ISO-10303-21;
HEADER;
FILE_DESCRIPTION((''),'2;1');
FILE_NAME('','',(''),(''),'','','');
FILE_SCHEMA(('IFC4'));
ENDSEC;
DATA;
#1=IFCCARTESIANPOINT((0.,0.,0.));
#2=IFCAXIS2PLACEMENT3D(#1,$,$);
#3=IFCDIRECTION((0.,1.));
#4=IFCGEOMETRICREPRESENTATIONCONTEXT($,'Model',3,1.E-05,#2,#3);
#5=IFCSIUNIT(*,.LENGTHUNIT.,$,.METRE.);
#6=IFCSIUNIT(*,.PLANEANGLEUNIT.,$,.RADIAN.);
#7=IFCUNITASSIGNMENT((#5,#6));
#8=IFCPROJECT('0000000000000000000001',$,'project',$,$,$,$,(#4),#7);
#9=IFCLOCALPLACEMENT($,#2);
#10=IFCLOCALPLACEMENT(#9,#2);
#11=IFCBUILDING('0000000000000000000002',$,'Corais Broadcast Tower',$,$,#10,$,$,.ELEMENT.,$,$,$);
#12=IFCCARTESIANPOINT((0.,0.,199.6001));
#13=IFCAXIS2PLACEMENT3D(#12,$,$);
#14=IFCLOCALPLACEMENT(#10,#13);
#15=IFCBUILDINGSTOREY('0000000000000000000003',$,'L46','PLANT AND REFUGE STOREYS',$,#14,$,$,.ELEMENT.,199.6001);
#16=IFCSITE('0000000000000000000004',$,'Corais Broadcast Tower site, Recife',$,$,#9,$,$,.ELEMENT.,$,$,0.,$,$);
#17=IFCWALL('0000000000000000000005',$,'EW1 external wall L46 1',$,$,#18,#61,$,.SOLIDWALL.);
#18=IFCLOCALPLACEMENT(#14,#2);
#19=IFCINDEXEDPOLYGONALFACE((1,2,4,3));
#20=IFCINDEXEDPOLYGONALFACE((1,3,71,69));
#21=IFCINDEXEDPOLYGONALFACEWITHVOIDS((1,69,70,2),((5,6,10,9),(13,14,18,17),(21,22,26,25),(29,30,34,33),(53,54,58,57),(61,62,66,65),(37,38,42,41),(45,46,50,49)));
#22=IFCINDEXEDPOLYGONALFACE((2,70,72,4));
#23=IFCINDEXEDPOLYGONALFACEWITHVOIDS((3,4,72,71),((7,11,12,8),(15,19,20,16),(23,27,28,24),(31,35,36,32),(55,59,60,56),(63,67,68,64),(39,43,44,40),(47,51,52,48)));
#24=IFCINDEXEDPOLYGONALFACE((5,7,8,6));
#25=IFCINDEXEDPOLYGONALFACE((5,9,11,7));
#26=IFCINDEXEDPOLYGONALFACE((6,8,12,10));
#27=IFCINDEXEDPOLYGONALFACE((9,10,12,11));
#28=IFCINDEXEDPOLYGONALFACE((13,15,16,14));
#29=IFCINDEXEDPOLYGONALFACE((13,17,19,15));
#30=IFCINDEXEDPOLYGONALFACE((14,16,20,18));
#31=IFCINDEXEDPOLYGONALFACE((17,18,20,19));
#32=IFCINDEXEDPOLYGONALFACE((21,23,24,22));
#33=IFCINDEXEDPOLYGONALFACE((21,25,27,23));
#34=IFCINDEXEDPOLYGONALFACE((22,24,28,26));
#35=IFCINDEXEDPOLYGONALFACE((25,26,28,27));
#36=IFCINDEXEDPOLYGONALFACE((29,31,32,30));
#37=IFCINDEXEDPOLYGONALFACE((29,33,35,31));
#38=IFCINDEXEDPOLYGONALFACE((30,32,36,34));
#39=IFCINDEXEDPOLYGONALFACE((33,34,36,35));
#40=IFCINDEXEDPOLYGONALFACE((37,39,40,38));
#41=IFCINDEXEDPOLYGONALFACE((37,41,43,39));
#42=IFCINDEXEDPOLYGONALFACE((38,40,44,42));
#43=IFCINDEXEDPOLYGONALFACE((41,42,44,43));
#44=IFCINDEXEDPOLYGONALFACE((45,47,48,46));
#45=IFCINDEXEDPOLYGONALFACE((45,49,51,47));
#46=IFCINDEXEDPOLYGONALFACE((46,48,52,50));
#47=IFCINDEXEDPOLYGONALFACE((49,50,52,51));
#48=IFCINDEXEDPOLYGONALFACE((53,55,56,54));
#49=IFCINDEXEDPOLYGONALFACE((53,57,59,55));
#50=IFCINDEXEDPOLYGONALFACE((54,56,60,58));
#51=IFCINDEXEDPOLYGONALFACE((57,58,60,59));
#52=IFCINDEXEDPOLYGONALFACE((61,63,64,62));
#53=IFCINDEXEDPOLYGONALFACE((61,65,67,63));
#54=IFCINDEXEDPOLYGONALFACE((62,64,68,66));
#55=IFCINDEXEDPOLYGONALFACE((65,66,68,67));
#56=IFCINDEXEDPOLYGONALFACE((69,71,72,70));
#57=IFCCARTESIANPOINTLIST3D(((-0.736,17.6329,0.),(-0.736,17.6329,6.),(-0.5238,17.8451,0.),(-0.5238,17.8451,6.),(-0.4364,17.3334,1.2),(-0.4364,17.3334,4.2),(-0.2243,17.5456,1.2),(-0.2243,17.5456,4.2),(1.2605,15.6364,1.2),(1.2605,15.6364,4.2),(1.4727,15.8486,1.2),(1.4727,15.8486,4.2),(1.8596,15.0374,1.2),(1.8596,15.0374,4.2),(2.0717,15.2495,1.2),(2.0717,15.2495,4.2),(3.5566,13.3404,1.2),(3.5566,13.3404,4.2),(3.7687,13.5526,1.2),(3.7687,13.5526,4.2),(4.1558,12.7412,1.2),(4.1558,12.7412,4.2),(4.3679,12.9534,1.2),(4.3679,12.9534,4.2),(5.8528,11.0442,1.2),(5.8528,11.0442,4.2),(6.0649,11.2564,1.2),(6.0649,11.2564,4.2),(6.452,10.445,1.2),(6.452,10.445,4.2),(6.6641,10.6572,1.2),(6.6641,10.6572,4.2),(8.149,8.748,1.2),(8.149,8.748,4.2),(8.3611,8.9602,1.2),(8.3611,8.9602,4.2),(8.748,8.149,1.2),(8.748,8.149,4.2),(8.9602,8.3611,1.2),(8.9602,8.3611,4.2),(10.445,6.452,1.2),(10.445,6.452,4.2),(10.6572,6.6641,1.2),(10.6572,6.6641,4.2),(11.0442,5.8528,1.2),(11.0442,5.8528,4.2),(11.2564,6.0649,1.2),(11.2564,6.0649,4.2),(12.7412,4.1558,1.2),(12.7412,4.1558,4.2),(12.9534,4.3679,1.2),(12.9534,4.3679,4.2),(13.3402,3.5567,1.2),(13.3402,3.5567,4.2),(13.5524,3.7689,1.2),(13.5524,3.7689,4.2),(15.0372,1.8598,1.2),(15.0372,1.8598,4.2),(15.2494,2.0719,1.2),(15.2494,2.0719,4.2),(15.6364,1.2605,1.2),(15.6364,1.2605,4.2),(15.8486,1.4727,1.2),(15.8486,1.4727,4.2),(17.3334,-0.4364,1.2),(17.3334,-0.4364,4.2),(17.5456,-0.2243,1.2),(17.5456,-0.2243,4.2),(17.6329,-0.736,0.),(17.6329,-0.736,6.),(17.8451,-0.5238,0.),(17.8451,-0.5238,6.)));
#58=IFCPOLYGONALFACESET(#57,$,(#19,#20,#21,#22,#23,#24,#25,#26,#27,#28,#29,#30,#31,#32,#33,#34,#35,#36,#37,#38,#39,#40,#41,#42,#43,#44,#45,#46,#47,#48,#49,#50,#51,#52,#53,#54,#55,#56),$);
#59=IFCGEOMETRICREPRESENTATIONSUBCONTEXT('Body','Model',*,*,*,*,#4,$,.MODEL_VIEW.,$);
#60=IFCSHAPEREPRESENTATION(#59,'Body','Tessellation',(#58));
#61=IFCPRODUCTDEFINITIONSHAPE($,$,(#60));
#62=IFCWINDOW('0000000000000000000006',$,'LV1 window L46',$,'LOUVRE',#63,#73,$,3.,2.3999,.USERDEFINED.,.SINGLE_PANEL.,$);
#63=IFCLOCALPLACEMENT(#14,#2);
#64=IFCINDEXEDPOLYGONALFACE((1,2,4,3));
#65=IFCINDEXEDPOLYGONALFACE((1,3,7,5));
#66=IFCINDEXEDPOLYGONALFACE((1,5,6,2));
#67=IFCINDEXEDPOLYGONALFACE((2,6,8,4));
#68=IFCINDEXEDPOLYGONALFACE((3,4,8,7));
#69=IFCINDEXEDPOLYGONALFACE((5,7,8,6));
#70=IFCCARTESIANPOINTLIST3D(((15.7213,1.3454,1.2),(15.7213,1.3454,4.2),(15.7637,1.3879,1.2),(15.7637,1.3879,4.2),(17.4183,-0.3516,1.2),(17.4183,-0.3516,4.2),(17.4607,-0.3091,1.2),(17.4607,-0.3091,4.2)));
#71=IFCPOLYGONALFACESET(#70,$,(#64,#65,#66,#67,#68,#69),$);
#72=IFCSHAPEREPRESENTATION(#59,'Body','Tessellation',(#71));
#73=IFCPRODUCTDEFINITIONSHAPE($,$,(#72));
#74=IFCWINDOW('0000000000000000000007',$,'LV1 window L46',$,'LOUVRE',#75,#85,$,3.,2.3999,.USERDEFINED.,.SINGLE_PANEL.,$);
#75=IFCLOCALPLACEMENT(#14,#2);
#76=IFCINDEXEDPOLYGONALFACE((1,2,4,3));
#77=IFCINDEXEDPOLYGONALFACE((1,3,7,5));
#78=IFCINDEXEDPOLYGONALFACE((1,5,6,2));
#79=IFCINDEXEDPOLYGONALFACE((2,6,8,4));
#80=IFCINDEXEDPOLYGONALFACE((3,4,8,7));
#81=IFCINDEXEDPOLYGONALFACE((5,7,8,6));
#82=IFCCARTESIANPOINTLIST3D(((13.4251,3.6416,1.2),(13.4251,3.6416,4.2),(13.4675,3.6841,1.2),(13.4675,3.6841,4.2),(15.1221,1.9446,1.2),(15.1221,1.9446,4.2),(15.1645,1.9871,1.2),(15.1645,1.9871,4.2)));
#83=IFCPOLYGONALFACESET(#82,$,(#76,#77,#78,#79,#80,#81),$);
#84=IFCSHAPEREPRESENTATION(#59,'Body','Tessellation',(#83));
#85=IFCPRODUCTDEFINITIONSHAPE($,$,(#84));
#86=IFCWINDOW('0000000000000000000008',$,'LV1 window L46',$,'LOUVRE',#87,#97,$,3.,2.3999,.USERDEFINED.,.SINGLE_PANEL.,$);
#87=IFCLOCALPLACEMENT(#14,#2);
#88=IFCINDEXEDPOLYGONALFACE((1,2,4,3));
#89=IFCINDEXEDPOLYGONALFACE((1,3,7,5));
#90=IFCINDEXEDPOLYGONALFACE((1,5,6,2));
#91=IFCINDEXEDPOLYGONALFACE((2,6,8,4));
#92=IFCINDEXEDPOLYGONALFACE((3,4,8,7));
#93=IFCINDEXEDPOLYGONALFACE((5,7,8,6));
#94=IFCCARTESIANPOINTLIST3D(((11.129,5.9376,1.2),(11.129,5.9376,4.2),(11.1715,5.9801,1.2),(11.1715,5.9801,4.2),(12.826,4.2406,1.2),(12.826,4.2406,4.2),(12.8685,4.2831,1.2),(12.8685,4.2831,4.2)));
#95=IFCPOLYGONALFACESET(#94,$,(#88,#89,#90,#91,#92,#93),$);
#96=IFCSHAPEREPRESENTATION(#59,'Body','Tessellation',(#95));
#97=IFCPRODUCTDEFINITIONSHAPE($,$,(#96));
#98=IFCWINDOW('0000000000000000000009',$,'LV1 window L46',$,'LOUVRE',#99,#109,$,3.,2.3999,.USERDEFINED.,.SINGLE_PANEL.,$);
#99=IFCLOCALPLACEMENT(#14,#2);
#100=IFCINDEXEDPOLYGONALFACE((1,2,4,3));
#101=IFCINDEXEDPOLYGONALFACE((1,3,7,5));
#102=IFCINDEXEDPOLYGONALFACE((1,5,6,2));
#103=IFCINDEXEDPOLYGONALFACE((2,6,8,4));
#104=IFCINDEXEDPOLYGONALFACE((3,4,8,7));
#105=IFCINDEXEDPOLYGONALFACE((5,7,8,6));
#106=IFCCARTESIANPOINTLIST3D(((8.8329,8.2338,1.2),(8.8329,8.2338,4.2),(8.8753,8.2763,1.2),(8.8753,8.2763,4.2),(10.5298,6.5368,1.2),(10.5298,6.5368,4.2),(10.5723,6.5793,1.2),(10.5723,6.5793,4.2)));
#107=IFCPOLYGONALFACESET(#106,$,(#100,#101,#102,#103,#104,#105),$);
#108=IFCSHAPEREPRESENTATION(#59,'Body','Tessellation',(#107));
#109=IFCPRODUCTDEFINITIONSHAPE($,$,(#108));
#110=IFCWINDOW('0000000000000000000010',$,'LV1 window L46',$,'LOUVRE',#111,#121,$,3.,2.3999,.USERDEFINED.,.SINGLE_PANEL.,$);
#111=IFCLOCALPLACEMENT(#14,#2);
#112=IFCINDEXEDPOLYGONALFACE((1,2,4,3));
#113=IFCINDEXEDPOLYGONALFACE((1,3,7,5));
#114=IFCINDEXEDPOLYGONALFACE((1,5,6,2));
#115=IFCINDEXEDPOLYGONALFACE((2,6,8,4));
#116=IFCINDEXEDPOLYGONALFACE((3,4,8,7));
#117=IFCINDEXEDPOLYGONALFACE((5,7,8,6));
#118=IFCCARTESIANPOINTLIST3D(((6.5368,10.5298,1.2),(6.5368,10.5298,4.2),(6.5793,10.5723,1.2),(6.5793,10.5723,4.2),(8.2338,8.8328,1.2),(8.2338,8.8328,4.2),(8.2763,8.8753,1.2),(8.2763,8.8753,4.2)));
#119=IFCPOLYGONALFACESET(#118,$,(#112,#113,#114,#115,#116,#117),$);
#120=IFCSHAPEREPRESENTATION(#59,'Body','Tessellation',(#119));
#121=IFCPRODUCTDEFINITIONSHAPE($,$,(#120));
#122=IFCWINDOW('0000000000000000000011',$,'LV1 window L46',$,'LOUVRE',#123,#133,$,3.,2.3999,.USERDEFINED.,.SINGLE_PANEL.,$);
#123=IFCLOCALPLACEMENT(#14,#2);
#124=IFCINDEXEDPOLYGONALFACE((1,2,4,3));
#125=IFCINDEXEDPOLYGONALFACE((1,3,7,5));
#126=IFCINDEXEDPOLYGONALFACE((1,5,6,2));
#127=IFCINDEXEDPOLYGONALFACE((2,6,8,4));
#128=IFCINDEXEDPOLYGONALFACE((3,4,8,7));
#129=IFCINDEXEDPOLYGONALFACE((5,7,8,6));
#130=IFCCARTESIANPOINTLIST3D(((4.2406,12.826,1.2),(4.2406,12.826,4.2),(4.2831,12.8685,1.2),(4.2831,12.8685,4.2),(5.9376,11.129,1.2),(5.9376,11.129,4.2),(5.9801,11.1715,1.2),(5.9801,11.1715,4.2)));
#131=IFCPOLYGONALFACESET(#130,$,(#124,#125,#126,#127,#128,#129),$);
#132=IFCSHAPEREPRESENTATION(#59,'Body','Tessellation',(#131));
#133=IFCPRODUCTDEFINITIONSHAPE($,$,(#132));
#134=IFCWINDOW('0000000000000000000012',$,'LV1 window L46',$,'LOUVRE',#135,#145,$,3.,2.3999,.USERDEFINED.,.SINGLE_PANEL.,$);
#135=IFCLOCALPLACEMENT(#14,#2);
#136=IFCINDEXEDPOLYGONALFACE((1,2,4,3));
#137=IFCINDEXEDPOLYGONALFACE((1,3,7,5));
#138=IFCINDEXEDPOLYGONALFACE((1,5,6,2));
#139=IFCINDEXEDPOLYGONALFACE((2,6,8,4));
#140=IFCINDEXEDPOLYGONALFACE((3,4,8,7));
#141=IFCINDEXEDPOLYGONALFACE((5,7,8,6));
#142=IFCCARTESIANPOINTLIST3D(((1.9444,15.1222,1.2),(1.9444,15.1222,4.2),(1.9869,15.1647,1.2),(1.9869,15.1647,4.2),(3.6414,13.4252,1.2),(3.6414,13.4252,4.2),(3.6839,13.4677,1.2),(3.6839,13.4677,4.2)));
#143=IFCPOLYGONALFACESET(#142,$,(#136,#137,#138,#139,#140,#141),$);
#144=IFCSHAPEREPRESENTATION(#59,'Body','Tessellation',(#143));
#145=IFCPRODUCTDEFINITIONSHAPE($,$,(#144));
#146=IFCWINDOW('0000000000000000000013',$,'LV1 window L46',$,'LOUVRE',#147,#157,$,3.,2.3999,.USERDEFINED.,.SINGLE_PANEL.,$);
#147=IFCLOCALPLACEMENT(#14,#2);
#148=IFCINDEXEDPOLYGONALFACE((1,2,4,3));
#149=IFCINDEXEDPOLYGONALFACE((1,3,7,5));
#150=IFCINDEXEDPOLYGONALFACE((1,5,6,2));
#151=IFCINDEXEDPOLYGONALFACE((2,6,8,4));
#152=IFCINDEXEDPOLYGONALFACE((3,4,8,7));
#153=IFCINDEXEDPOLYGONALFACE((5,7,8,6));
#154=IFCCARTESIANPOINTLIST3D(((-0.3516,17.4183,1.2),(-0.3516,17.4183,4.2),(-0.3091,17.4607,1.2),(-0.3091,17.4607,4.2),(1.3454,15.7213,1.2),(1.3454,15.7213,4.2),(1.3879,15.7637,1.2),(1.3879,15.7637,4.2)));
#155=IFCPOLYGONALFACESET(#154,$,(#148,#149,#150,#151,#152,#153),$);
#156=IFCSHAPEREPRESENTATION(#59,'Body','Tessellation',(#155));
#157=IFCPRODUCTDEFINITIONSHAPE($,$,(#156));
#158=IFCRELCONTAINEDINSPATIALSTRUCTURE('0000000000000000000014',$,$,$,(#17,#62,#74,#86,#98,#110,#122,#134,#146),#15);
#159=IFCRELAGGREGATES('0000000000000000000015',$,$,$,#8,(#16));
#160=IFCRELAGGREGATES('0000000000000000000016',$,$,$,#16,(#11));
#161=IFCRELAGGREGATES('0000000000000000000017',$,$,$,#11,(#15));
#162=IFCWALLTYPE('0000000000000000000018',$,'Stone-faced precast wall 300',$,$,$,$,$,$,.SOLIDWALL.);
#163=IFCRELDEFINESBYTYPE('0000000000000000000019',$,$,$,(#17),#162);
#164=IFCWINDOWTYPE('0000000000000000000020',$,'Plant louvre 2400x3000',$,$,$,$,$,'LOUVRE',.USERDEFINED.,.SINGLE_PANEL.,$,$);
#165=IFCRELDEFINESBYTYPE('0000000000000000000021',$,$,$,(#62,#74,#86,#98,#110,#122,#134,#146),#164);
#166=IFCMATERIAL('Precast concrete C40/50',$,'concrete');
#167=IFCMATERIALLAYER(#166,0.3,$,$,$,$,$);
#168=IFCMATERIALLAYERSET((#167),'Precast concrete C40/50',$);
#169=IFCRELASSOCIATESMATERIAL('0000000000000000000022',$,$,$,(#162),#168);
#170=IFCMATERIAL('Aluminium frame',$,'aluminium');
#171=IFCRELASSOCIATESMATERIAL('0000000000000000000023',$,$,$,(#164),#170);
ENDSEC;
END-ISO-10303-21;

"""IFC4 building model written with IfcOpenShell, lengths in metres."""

from ifc_helpers import new_model, si_unit, direction, frame, frame_2d, origin, place, context, subcontext, project, spatial, rectangle, extrude, material, layer, layer_set, type_object, element, fill, save


model = new_model("IFC4")

# Units and contexts
model_context = context("Model", 3, precision=1e-05, world=origin(), true_north=direction((0.0, 1.0)))
body_context = subcontext(model_context, "Body", "Model", "MODEL_VIEW")
ifc_project = project(units=[si_unit("LENGTHUNIT", "METRE"), si_unit("PLANEANGLEUNIT", "RADIAN")], contexts=[model_context])

# Site, building, storey
site_placement = place(None, origin())
site = spatial("IfcSite", under=ifc_project, at=site_placement, Name="Corais Broadcast Tower site, Recife", CompositionType="ELEMENT", RefElevation=0.0)
building_placement = place(site_placement, origin())
building = spatial("IfcBuilding", under=site, at=building_placement, Name="Corais Broadcast Tower", CompositionType="ELEMENT")
storey_placement = place(building_placement, frame((0.0, 0.0, 199.6001)))
storey = spatial("IfcBuildingStorey", under=building, at=storey_placement, Name="L46", Description="PLANT AND REFUGE STOREYS", CompositionType="ELEMENT", Elevation=199.6001)

# Wall, openings, windows
ifc_material_1 = material(Name="Precast concrete C40/50", Category="concrete")
ifc_layer_1 = layer(ifc_material_1, 0.3)
ifc_layer_set_1 = layer_set([ifc_layer_1], Name="Precast concrete C40/50")
wall_type_1 = type_object("IfcWallType", Name="Stone-faced precast wall 300", PredefinedType="SOLIDWALL", material=ifc_layer_set_1)
wall_1_placement = place(storey_placement, frame((17.739, -0.6299, 0.0), z_axis=(0.0, 0.0, 1.0), x_axis=(-0.707107, 0.707107, 0.0)))
wall_1 = element("IfcWall", 1, at=wall_1_placement, inside=storey, type_object=wall_type_1, Name="EW1 external wall L46 1", PredefinedType="SOLIDWALL", context=body_context, shape_type="SweptSolid", body=[
    extrude(rectangle(XDim=25.9775, YDim=0.3, at=frame_2d((12.9888, 0.0))), origin(), (0.0, 0.0, 1.0), 6.0),
])
opening_1_placement = place(wall_1_placement, frame((0.4236, 0.0, 1.2)))
opening_1 = element("IfcOpeningElement", 2, at=opening_1_placement, cuts=wall_1, PredefinedType="OPENING", context=body_context, shape_type="SweptSolid", body=[
    extrude(rectangle(XDim=2.3999, YDim=3.0, at=frame_2d((1.2, 1.5))), frame((0.0, 0.1599, 0.0), z_axis=(0.0, -1.0, 0.0), x_axis=(1.0, 0.0, 0.0)), (0.0, 0.0, 1.0), 0.3201),
])
opening_2_placement = place(wall_1_placement, frame((3.6709, 0.0, 1.2)))
opening_2 = element("IfcOpeningElement", 3, at=opening_2_placement, cuts=wall_1, PredefinedType="OPENING", context=body_context, shape_type="SweptSolid", body=[
    extrude(rectangle(XDim=2.3999, YDim=3.0, at=frame_2d((1.2, 1.5))), frame((0.0, 0.1599, 0.0), z_axis=(0.0, -1.0, 0.0), x_axis=(1.0, 0.0, 0.0)), (0.0, 0.0, 1.0), 0.3201),
])
opening_3_placement = place(wall_1_placement, frame((6.918, 0.0, 1.2)))
opening_3 = element("IfcOpeningElement", 4, at=opening_3_placement, cuts=wall_1, PredefinedType="OPENING", context=body_context, shape_type="SweptSolid", body=[
    extrude(rectangle(XDim=2.3999, YDim=3.0, at=frame_2d((1.2, 1.5))), frame((0.0, 0.1599, 0.0), z_axis=(0.0, -1.0, 0.0), x_axis=(1.0, 0.0, 0.0)), (0.0, 0.0, 1.0), 0.3201),
])
opening_4_placement = place(wall_1_placement, frame((10.1653, 0.0, 1.2)))
opening_4 = element("IfcOpeningElement", 5, at=opening_4_placement, cuts=wall_1, PredefinedType="OPENING", context=body_context, shape_type="SweptSolid", body=[
    extrude(rectangle(XDim=2.3999, YDim=3.0, at=frame_2d((1.2, 1.5))), frame((0.0, 0.1599, 0.0), z_axis=(0.0, -1.0, 0.0), x_axis=(1.0, 0.0, 0.0)), (0.0, 0.0, 1.0), 0.3201),
])
opening_5_placement = place(wall_1_placement, frame((13.4124, 0.0, 1.2)))
opening_5 = element("IfcOpeningElement", 6, at=opening_5_placement, cuts=wall_1, PredefinedType="OPENING", context=body_context, shape_type="SweptSolid", body=[
    extrude(rectangle(XDim=2.3999, YDim=3.0, at=frame_2d((1.2, 1.5))), frame((0.0, 0.1599, 0.0), z_axis=(0.0, -1.0, 0.0), x_axis=(1.0, 0.0, 0.0)), (0.0, 0.0, 1.0), 0.3201),
])
opening_6_placement = place(wall_1_placement, frame((16.6597, 0.0, 1.2)))
opening_6 = element("IfcOpeningElement", 7, at=opening_6_placement, cuts=wall_1, PredefinedType="OPENING", context=body_context, shape_type="SweptSolid", body=[
    extrude(rectangle(XDim=2.3999, YDim=3.0, at=frame_2d((1.2, 1.5))), frame((0.0, 0.1599, 0.0), z_axis=(0.0, -1.0, 0.0), x_axis=(1.0, 0.0, 0.0)), (0.0, 0.0, 1.0), 0.3201),
])
opening_7_placement = place(wall_1_placement, frame((19.907, 0.0, 1.2)))
opening_7 = element("IfcOpeningElement", 8, at=opening_7_placement, cuts=wall_1, PredefinedType="OPENING", context=body_context, shape_type="SweptSolid", body=[
    extrude(rectangle(XDim=2.3999, YDim=3.0, at=frame_2d((1.2, 1.5))), frame((0.0, 0.1599, 0.0), z_axis=(0.0, -1.0, 0.0), x_axis=(1.0, 0.0, 0.0)), (0.0, 0.0, 1.0), 0.3201),
])
opening_8_placement = place(wall_1_placement, frame((23.1541, 0.0, 1.2)))
opening_8 = element("IfcOpeningElement", 9, at=opening_8_placement, cuts=wall_1, PredefinedType="OPENING", context=body_context, shape_type="SweptSolid", body=[
    extrude(rectangle(XDim=2.3999, YDim=3.0, at=frame_2d((1.2, 1.5))), frame((0.0, 0.1599, 0.0), z_axis=(0.0, -1.0, 0.0), x_axis=(1.0, 0.0, 0.0)), (0.0, 0.0, 1.0), 0.3201),
])
ifc_material_2 = material(Name="Aluminium frame", Category="aluminium")
window_type = type_object("IfcWindowType", Name="Plant louvre 2400x3000", ElementType="LOUVRE", PartitioningType="SINGLE_PANEL", PredefinedType="USERDEFINED", material=ifc_material_2)
window_1_placement = place(opening_1_placement, origin())
window_1 = element("IfcWindow", 10, at=window_1_placement, inside=storey, type_object=window_type, Name="LV1 window L46", ObjectType="LOUVRE", OverallHeight=3.0, OverallWidth=2.3999, PartitioningType="SINGLE_PANEL", PredefinedType="USERDEFINED", context=body_context, shape_type="SweptSolid", body=[
    extrude(rectangle(XDim=2.3999, YDim=3.0, at=frame_2d((1.2, 1.5))), frame((0.0, 0.03, 0.0), z_axis=(0.0, -1.0, 0.0), x_axis=(1.0, 0.0, 0.0)), (0.0, 0.0, 1.0), 0.0601),
])
fill(opening_1, window_1)
window_2_placement = place(opening_2_placement, origin())
window_2 = element("IfcWindow", 11, at=window_2_placement, inside=storey, type_object=window_type, Name="LV1 window L46", ObjectType="LOUVRE", OverallHeight=3.0, OverallWidth=2.3999, PartitioningType="SINGLE_PANEL", PredefinedType="USERDEFINED", context=body_context, shape_type="SweptSolid", body=[
    extrude(rectangle(XDim=2.3999, YDim=3.0, at=frame_2d((1.2, 1.5))), frame((0.0, 0.03, 0.0), z_axis=(0.0, -1.0, 0.0), x_axis=(1.0, 0.0, 0.0)), (0.0, 0.0, 1.0), 0.0601),
])
fill(opening_2, window_2)
window_3_placement = place(opening_3_placement, origin())
window_3 = element("IfcWindow", 12, at=window_3_placement, inside=storey, type_object=window_type, Name="LV1 window L46", ObjectType="LOUVRE", OverallHeight=3.0, OverallWidth=2.3999, PartitioningType="SINGLE_PANEL", PredefinedType="USERDEFINED", context=body_context, shape_type="SweptSolid", body=[
    extrude(rectangle(XDim=2.3999, YDim=3.0, at=frame_2d((1.2, 1.5))), frame((0.0, 0.03, 0.0), z_axis=(0.0, -1.0, 0.0), x_axis=(1.0, 0.0, 0.0)), (0.0, 0.0, 1.0), 0.0601),
])
fill(opening_3, window_3)
window_4_placement = place(opening_4_placement, origin())
window_4 = element("IfcWindow", 13, at=window_4_placement, inside=storey, type_object=window_type, Name="LV1 window L46", ObjectType="LOUVRE", OverallHeight=3.0, OverallWidth=2.3999, PartitioningType="SINGLE_PANEL", PredefinedType="USERDEFINED", context=body_context, shape_type="SweptSolid", body=[
    extrude(rectangle(XDim=2.3999, YDim=3.0, at=frame_2d((1.2, 1.5))), frame((0.0, 0.03, 0.0), z_axis=(0.0, -1.0, 0.0), x_axis=(1.0, 0.0, 0.0)), (0.0, 0.0, 1.0), 0.0601),
])
fill(opening_4, window_4)
window_5_placement = place(opening_5_placement, origin())
window_5 = element("IfcWindow", 14, at=window_5_placement, inside=storey, type_object=window_type, Name="LV1 window L46", ObjectType="LOUVRE", OverallHeight=3.0, OverallWidth=2.3999, PartitioningType="SINGLE_PANEL", PredefinedType="USERDEFINED", context=body_context, shape_type="SweptSolid", body=[
    extrude(rectangle(XDim=2.3999, YDim=3.0, at=frame_2d((1.2, 1.5))), frame((0.0, 0.03, 0.0), z_axis=(0.0, -1.0, 0.0), x_axis=(1.0, 0.0, 0.0)), (0.0, 0.0, 1.0), 0.0601),
])
fill(opening_5, window_5)
window_6_placement = place(opening_6_placement, origin())
window_6 = element("IfcWindow", 15, at=window_6_placement, inside=storey, type_object=window_type, Name="LV1 window L46", ObjectType="LOUVRE", OverallHeight=3.0, OverallWidth=2.3999, PartitioningType="SINGLE_PANEL", PredefinedType="USERDEFINED", context=body_context, shape_type="SweptSolid", body=[
    extrude(rectangle(XDim=2.3999, YDim=3.0, at=frame_2d((1.2, 1.5))), frame((0.0, 0.03, 0.0), z_axis=(0.0, -1.0, 0.0), x_axis=(1.0, 0.0, 0.0)), (0.0, 0.0, 1.0), 0.0601),
])
fill(opening_6, window_6)
window_7_placement = place(opening_7_placement, origin())
window_7 = element("IfcWindow", 16, at=window_7_placement, inside=storey, type_object=window_type, Name="LV1 window L46", ObjectType="LOUVRE", OverallHeight=3.0, OverallWidth=2.3999, PartitioningType="SINGLE_PANEL", PredefinedType="USERDEFINED", context=body_context, shape_type="SweptSolid", body=[
    extrude(rectangle(XDim=2.3999, YDim=3.0, at=frame_2d((1.2, 1.5))), frame((0.0, 0.03, 0.0), z_axis=(0.0, -1.0, 0.0), x_axis=(1.0, 0.0, 0.0)), (0.0, 0.0, 1.0), 0.0601),
])
fill(opening_7, window_7)
window_8_placement = place(opening_8_placement, origin())
window_8 = element("IfcWindow", 17, at=window_8_placement, inside=storey, type_object=window_type, Name="LV1 window L46", ObjectType="LOUVRE", OverallHeight=3.0, OverallWidth=2.3999, PartitioningType="SINGLE_PANEL", PredefinedType="USERDEFINED", context=body_context, shape_type="SweptSolid", body=[
    extrude(rectangle(XDim=2.3999, YDim=3.0, at=frame_2d((1.2, 1.5))), frame((0.0, 0.03, 0.0), z_axis=(0.0, -1.0, 0.0), x_axis=(1.0, 0.0, 0.0)), (0.0, 0.0, 1.0), 0.0601),
])
fill(opening_8, window_8)

save(model, "model.ifc")
